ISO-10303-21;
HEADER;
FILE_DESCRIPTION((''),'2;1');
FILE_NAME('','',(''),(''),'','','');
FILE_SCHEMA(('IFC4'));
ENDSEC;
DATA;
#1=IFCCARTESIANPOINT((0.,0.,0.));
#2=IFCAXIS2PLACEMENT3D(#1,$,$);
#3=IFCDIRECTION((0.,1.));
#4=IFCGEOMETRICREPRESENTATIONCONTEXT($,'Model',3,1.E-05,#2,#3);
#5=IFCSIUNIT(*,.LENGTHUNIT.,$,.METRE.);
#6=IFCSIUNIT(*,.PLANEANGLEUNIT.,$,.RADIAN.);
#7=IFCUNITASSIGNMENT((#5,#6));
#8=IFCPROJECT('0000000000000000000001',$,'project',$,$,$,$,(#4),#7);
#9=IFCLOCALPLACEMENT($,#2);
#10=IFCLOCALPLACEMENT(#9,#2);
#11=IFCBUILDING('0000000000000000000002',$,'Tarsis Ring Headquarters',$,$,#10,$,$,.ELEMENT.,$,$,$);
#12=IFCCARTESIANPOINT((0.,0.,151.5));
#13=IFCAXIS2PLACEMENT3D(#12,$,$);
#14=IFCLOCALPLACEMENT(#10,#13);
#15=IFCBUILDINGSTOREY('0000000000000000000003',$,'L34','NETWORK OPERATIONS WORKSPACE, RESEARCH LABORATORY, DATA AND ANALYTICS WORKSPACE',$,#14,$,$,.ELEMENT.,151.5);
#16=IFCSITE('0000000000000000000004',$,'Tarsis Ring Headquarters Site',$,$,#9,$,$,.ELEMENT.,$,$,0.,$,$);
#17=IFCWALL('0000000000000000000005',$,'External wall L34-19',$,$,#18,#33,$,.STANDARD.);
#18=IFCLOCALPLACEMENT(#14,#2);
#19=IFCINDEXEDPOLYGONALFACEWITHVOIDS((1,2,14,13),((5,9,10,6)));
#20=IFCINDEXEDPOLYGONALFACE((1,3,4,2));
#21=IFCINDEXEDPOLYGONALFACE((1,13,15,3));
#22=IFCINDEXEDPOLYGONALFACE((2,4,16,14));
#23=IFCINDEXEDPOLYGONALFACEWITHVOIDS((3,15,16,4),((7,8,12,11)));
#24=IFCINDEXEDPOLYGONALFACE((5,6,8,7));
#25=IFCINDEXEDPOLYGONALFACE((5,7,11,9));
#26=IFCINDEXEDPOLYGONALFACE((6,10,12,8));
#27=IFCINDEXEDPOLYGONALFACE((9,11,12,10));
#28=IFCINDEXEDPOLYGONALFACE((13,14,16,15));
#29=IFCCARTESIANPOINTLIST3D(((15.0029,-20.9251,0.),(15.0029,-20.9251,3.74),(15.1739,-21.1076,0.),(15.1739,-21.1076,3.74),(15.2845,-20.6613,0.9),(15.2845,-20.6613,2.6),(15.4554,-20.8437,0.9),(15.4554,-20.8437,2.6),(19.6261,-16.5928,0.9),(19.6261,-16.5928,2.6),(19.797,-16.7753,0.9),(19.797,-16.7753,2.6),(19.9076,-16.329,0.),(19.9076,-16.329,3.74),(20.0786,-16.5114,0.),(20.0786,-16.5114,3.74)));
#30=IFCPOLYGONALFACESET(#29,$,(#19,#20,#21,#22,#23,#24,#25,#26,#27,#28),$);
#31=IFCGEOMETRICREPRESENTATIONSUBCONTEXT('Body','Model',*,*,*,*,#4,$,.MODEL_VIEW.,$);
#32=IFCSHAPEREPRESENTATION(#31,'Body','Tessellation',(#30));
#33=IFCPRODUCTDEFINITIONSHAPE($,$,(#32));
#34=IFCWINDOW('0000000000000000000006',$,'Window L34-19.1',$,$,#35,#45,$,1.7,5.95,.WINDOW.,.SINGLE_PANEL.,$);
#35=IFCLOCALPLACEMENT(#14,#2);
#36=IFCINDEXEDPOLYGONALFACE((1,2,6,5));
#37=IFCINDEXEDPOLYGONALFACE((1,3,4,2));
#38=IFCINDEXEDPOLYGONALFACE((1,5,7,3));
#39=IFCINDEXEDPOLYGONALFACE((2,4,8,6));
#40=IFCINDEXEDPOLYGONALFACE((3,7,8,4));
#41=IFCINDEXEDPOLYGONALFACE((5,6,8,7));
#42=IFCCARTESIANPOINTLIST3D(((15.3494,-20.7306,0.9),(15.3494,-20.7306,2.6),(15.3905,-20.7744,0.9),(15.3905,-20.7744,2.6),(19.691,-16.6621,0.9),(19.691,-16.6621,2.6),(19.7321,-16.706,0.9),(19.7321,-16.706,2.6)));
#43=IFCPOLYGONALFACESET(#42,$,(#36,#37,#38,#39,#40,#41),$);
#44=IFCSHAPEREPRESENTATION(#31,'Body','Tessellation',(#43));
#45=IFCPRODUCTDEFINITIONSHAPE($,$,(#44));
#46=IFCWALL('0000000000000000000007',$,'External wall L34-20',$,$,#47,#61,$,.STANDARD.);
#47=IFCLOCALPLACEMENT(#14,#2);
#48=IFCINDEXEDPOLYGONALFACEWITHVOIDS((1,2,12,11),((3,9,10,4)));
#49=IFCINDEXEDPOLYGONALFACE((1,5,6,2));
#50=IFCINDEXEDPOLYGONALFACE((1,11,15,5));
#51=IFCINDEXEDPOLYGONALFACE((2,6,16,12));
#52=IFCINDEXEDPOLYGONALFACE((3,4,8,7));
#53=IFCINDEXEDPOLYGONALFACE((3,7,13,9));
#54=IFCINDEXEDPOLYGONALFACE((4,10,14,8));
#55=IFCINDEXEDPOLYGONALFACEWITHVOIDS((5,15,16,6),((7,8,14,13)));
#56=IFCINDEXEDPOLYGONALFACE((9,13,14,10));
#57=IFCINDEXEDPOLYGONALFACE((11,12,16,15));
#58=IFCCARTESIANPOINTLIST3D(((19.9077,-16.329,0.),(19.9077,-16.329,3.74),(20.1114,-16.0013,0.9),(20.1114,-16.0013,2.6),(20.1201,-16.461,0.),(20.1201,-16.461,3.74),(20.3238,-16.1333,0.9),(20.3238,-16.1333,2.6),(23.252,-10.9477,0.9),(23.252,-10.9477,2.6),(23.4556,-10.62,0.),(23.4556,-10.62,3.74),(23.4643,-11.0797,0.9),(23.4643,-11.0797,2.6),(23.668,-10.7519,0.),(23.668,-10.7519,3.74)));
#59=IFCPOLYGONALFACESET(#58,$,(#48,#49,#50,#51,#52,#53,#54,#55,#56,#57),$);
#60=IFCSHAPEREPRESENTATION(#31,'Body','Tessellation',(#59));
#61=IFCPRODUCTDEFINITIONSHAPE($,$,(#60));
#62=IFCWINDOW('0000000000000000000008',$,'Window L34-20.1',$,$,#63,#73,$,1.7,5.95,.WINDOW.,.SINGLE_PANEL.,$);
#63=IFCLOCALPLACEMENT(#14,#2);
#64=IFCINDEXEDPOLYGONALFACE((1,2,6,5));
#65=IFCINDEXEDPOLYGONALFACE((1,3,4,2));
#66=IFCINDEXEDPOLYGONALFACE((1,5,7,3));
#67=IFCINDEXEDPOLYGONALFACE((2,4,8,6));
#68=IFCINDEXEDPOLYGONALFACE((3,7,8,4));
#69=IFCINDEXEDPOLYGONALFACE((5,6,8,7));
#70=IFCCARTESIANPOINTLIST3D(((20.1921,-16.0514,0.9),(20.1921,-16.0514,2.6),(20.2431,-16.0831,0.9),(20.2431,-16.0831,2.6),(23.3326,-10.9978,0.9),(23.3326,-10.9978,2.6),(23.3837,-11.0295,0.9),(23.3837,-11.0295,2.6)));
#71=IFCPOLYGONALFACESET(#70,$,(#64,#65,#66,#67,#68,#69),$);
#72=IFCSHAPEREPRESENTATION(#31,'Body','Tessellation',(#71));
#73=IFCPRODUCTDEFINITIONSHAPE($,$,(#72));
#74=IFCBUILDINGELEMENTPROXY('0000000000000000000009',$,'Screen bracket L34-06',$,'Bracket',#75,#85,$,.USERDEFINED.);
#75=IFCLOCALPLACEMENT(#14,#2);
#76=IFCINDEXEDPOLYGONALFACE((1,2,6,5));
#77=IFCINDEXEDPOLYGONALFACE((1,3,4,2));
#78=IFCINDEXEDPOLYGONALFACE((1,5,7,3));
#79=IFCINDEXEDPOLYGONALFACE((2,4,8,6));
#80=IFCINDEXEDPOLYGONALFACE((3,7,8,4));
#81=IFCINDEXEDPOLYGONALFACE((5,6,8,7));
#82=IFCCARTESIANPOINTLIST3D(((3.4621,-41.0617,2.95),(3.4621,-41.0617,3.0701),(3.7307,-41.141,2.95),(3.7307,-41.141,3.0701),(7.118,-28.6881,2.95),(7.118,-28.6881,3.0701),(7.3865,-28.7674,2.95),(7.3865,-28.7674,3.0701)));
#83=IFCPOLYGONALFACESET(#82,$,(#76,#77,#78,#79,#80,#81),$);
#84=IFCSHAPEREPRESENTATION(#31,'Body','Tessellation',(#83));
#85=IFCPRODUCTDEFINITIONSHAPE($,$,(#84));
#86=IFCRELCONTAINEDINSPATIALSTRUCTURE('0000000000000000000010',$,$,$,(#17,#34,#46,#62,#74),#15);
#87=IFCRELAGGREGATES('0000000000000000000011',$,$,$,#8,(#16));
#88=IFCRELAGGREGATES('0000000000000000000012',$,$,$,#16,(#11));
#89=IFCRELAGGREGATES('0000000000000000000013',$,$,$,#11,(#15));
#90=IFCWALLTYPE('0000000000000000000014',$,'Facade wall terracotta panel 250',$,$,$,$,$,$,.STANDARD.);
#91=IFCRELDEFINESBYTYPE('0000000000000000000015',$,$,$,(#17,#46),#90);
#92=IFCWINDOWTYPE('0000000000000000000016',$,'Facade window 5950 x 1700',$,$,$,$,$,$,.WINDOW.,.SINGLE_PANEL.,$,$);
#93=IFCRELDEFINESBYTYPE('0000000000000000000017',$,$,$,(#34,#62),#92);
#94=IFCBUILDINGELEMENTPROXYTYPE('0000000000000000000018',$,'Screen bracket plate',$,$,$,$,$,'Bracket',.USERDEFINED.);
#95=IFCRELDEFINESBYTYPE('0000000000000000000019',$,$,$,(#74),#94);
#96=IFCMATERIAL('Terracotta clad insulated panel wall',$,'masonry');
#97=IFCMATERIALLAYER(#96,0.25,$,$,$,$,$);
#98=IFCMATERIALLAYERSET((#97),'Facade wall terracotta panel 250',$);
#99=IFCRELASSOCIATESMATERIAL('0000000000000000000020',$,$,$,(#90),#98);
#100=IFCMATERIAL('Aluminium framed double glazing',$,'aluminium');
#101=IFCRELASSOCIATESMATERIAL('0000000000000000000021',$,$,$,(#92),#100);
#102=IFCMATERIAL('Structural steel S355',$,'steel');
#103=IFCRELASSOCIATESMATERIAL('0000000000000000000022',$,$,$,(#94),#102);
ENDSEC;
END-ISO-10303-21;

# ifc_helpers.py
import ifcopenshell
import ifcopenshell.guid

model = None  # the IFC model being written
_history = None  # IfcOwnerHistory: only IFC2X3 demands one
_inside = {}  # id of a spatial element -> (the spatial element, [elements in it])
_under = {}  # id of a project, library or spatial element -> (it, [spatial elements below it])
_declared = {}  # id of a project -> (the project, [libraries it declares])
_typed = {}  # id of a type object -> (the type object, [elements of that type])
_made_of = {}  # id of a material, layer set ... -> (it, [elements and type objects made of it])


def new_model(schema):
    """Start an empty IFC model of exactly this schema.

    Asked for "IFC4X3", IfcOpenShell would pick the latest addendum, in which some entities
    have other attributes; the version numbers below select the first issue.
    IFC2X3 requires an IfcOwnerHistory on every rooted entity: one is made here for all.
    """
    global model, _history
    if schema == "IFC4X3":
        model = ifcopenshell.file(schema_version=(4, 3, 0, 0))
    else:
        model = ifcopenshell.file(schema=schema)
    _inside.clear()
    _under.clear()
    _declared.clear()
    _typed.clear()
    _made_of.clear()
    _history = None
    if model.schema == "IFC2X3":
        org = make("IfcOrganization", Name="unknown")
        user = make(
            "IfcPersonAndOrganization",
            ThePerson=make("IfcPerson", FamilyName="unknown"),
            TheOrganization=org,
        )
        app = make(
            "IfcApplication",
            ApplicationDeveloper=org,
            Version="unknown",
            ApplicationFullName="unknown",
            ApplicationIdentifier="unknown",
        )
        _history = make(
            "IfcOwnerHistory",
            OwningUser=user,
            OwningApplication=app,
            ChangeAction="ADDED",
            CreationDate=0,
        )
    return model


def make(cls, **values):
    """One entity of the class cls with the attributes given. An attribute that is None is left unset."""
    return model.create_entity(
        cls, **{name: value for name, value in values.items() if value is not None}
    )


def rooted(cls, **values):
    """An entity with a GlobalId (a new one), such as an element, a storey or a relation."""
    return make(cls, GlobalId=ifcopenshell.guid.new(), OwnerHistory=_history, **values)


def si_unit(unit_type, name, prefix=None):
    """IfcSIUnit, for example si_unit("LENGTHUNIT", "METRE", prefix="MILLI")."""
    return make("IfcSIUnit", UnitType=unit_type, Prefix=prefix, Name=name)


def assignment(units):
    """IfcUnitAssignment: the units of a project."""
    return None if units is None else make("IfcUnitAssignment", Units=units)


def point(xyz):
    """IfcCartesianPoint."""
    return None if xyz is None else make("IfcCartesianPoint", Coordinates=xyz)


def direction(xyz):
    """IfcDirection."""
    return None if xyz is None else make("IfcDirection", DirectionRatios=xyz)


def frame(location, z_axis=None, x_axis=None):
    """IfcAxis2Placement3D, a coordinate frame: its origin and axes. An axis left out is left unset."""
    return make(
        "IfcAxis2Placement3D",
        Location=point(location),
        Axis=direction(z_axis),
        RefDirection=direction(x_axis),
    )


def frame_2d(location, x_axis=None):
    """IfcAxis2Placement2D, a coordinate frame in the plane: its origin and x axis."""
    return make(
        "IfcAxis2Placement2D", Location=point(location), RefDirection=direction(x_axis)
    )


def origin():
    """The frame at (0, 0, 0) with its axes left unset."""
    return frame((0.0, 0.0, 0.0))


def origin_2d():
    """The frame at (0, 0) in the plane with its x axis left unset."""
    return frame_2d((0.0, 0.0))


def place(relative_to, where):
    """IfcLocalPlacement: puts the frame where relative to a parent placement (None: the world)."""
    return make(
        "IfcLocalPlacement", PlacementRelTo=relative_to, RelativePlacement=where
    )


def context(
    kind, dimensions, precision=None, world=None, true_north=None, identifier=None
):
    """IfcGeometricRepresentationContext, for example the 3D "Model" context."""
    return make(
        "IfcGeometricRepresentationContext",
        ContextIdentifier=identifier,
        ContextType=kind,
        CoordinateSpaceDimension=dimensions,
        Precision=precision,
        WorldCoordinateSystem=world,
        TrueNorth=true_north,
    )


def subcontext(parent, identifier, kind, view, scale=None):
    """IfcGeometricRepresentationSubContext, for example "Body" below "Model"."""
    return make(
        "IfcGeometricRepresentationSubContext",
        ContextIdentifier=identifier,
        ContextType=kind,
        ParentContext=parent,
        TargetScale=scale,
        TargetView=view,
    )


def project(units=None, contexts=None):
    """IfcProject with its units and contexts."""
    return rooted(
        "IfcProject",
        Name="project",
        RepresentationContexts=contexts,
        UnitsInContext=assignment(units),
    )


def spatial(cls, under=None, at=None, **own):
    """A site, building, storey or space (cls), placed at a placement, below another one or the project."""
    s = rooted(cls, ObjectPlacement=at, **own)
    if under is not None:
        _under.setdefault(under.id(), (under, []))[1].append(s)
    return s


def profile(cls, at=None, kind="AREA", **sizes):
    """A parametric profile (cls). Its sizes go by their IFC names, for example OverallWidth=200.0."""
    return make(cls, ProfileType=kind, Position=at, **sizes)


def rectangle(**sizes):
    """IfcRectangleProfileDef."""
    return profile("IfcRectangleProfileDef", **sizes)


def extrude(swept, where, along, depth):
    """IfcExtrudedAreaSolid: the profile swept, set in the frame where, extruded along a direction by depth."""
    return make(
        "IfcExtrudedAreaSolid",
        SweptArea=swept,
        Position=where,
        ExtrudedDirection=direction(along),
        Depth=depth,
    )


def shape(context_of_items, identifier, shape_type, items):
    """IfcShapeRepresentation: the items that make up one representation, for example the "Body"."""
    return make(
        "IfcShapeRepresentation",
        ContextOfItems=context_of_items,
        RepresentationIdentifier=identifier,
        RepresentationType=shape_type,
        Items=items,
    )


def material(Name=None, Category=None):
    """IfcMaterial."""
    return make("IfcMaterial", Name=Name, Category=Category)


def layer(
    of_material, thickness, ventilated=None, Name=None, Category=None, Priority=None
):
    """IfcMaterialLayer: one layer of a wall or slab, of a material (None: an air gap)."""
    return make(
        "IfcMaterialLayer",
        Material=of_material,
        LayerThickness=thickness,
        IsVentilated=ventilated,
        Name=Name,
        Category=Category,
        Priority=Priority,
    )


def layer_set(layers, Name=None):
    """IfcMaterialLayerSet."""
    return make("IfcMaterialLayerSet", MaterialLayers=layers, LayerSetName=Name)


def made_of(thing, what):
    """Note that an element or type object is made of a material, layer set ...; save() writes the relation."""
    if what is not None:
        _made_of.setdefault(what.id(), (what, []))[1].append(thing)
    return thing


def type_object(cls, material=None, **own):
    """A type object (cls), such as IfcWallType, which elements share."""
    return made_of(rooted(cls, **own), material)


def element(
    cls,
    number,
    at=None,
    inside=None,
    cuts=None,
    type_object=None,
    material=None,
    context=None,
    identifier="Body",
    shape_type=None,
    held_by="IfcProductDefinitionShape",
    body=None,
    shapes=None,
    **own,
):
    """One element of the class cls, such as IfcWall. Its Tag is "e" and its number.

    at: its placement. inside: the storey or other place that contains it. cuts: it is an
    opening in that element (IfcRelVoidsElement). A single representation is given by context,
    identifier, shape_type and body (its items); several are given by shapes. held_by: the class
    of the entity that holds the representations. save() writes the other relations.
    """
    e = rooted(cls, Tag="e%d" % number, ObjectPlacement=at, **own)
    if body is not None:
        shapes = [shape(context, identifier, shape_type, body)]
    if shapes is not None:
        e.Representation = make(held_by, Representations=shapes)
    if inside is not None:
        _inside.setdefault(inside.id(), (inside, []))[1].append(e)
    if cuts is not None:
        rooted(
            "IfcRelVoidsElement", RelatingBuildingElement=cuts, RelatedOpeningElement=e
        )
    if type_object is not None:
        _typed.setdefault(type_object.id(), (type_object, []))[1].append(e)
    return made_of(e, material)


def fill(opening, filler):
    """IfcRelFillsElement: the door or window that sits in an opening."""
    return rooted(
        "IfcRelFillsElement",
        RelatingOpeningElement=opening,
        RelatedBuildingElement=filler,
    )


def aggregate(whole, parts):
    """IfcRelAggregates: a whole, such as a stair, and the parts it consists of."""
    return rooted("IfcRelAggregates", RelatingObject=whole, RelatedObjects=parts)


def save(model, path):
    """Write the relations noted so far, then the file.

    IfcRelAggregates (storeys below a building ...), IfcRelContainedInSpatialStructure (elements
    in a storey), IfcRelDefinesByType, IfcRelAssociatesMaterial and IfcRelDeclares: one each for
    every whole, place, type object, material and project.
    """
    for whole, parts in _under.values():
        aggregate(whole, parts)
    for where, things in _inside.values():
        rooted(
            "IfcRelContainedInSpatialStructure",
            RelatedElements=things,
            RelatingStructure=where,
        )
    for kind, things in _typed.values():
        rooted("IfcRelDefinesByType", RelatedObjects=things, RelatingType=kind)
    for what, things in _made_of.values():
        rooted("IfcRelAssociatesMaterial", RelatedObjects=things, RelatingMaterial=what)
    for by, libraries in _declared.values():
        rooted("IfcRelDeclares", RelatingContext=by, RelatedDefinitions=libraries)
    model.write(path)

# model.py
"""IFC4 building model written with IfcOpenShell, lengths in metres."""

from ifc_helpers import new_model, si_unit, direction, frame, frame_2d, origin, origin_2d, place, context, subcontext, project, spatial, rectangle, extrude, material, layer, layer_set, type_object, element, fill, save


model = new_model("IFC4")

# Units and contexts
model_context = context("Model", 3, precision=1e-05, world=origin(), true_north=direction((0.0, 1.0)))
body_context = subcontext(model_context, "Body", "Model", "MODEL_VIEW")
ifc_project = project(units=[si_unit("LENGTHUNIT", "METRE"), si_unit("PLANEANGLEUNIT", "RADIAN")], contexts=[model_context])

# Site, building, storey
site_placement = place(None, origin())
site = spatial("IfcSite", under=ifc_project, at=site_placement, Name="Tarsis Ring Headquarters Site", CompositionType="ELEMENT", RefElevation=0.0)
building_placement = place(site_placement, origin())
building = spatial("IfcBuilding", under=site, at=building_placement, Name="Tarsis Ring Headquarters", CompositionType="ELEMENT")
storey_placement = place(building_placement, frame((0.0, 0.0, 151.5)))
storey = spatial("IfcBuildingStorey", under=building, at=storey_placement, Name="L34", Description="NETWORK OPERATIONS WORKSPACE, RESEARCH LABORATORY, DATA AND ANALYTICS WORKSPACE", CompositionType="ELEMENT", Elevation=151.5)

# Shared definitions
ifc_material_1 = material(Name="Structural steel S355", Category="steel")

# Walls, openings, windows
ifc_material_2 = material(Name="Terracotta clad insulated panel wall", Category="masonry")
ifc_layer_1 = layer(ifc_material_2, 0.25)
ifc_layer_set_1 = layer_set([ifc_layer_1], Name="Facade wall terracotta panel 250")
wall_type_1 = type_object("IfcWallType", Name="Facade wall terracotta panel 250", PredefinedType="STANDARD", material=ifc_layer_set_1)
ifc_material_3 = material(Name="Aluminium framed double glazing", Category="aluminium")
window_type_1 = type_object("IfcWindowType", Name="Facade window 5950 x 1700", PartitioningType="SINGLE_PANEL", PredefinedType="WINDOW", material=ifc_material_3)
wall_1_placement = place(storey_placement, frame((15.0884, -21.0164, 0.0), z_axis=(0.0, 0.0, 1.0), x_axis=(0.729689, 0.683779, 0.0)))
wall_1 = element("IfcWall", 1, at=wall_1_placement, inside=storey, type_object=wall_type_1, Name="External wall L34-19", PredefinedType="STANDARD", context=body_context, shape_type="SweptSolid", body=[
    extrude(rectangle(XDim=6.7217, YDim=0.25, at=frame_2d((3.3608, 0.0))), origin(), (0.0, 0.0, 1.0), 3.74),
])
opening_1_placement = place(wall_1_placement, frame((0.3857, 0.0, 0.8999)))
opening_1 = element("IfcOpeningElement", 2, at=opening_1_placement, cuts=wall_1, PredefinedType="OPENING", context=body_context, shape_type="SweptSolid", body=[
    extrude(rectangle(XDim=5.95, YDim=1.7, at=frame_2d((2.9751, 0.8501))), frame((0.0, 0.135, 0.0), z_axis=(0.0, -1.0, 0.0), x_axis=(1.0, 0.0, 0.0)), (0.0, 0.0, 1.0), 0.27),
])
window_1_placement = place(opening_1_placement, origin())
window_1 = element("IfcWindow", 3, at=window_1_placement, inside=storey, type_object=window_type_1, Name="Window L34-19.1", OverallHeight=1.7, OverallWidth=5.95, PartitioningType="SINGLE_PANEL", PredefinedType="WINDOW", context=body_context, shape_type="SweptSolid", body=[
    extrude(rectangle(XDim=5.95, YDim=1.7, at=frame_2d((2.9751, 0.8501))), frame((0.0, 0.03, 0.0), z_axis=(0.0, -1.0, 0.0), x_axis=(1.0, 0.0, 0.0)), (0.0, 0.0, 1.0), 0.0601),
])
fill(opening_1, window_1)
wall_2_placement = place(storey_placement, frame((20.0139, -16.395, 0.0), z_axis=(0.0, 0.0, 1.0), x_axis=(0.527829, 0.84935, 0.0)))
wall_2 = element("IfcWall", 4, at=wall_2_placement, inside=storey, type_object=wall_type_1, Name="External wall L34-20", PredefinedType="STANDARD", context=body_context, shape_type="SweptSolid", body=[
    extrude(rectangle(XDim=6.7217, YDim=0.25, at=frame_2d((3.3608, 0.0))), origin(), (0.0, 0.0, 1.0), 3.74),
])
opening_2_placement = place(wall_2_placement, frame((0.3857, 0.0, 0.8999)))
opening_2 = element("IfcOpeningElement", 5, at=opening_2_placement, cuts=wall_2, PredefinedType="OPENING", context=body_context, shape_type="SweptSolid", body=[
    extrude(rectangle(XDim=5.95, YDim=1.7, at=frame_2d((2.9751, 0.8501))), frame((0.0, 0.135, 0.0), z_axis=(0.0, -1.0, 0.0), x_axis=(1.0, 0.0, 0.0)), (0.0, 0.0, 1.0), 0.27),
])
window_2_placement = place(opening_2_placement, origin())
window_2 = element("IfcWindow", 6, at=window_2_placement, inside=storey, type_object=window_type_1, Name="Window L34-20.1", OverallHeight=1.7, OverallWidth=5.95, PartitioningType="SINGLE_PANEL", PredefinedType="WINDOW", context=body_context, shape_type="SweptSolid", body=[
    extrude(rectangle(XDim=5.95, YDim=1.7, at=frame_2d((2.9751, 0.8501))), frame((0.0, 0.03, 0.0), z_axis=(0.0, -1.0, 0.0), x_axis=(1.0, 0.0, 0.0)), (0.0, 0.0, 1.0), 0.0601),
])
fill(opening_2, window_2)

# Building element proxy
building_element_proxy_type = type_object("IfcBuildingElementProxyType", Name="Screen bracket plate", ElementType="Bracket", PredefinedType="USERDEFINED", material=ifc_material_1)
proxy_placement = place(storey_placement, frame((5.4243, -34.9146, 2.95), z_axis=(0.0, 0.0, 1.0), x_axis=(0.283346, 0.959018, 0.0)))
element("IfcBuildingElementProxy", 7, at=proxy_placement, inside=storey, type_object=building_element_proxy_type, Name="Screen bracket L34-06", ObjectType="Bracket", PredefinedType="USERDEFINED", context=body_context, shape_type="SweptSolid", body=[
    extrude(rectangle(XDim=12.9023, YDim=0.28, at=origin_2d()), origin(), (0.0, 0.0, 1.0), 0.1201),
])

save(model, "model.ifc")
